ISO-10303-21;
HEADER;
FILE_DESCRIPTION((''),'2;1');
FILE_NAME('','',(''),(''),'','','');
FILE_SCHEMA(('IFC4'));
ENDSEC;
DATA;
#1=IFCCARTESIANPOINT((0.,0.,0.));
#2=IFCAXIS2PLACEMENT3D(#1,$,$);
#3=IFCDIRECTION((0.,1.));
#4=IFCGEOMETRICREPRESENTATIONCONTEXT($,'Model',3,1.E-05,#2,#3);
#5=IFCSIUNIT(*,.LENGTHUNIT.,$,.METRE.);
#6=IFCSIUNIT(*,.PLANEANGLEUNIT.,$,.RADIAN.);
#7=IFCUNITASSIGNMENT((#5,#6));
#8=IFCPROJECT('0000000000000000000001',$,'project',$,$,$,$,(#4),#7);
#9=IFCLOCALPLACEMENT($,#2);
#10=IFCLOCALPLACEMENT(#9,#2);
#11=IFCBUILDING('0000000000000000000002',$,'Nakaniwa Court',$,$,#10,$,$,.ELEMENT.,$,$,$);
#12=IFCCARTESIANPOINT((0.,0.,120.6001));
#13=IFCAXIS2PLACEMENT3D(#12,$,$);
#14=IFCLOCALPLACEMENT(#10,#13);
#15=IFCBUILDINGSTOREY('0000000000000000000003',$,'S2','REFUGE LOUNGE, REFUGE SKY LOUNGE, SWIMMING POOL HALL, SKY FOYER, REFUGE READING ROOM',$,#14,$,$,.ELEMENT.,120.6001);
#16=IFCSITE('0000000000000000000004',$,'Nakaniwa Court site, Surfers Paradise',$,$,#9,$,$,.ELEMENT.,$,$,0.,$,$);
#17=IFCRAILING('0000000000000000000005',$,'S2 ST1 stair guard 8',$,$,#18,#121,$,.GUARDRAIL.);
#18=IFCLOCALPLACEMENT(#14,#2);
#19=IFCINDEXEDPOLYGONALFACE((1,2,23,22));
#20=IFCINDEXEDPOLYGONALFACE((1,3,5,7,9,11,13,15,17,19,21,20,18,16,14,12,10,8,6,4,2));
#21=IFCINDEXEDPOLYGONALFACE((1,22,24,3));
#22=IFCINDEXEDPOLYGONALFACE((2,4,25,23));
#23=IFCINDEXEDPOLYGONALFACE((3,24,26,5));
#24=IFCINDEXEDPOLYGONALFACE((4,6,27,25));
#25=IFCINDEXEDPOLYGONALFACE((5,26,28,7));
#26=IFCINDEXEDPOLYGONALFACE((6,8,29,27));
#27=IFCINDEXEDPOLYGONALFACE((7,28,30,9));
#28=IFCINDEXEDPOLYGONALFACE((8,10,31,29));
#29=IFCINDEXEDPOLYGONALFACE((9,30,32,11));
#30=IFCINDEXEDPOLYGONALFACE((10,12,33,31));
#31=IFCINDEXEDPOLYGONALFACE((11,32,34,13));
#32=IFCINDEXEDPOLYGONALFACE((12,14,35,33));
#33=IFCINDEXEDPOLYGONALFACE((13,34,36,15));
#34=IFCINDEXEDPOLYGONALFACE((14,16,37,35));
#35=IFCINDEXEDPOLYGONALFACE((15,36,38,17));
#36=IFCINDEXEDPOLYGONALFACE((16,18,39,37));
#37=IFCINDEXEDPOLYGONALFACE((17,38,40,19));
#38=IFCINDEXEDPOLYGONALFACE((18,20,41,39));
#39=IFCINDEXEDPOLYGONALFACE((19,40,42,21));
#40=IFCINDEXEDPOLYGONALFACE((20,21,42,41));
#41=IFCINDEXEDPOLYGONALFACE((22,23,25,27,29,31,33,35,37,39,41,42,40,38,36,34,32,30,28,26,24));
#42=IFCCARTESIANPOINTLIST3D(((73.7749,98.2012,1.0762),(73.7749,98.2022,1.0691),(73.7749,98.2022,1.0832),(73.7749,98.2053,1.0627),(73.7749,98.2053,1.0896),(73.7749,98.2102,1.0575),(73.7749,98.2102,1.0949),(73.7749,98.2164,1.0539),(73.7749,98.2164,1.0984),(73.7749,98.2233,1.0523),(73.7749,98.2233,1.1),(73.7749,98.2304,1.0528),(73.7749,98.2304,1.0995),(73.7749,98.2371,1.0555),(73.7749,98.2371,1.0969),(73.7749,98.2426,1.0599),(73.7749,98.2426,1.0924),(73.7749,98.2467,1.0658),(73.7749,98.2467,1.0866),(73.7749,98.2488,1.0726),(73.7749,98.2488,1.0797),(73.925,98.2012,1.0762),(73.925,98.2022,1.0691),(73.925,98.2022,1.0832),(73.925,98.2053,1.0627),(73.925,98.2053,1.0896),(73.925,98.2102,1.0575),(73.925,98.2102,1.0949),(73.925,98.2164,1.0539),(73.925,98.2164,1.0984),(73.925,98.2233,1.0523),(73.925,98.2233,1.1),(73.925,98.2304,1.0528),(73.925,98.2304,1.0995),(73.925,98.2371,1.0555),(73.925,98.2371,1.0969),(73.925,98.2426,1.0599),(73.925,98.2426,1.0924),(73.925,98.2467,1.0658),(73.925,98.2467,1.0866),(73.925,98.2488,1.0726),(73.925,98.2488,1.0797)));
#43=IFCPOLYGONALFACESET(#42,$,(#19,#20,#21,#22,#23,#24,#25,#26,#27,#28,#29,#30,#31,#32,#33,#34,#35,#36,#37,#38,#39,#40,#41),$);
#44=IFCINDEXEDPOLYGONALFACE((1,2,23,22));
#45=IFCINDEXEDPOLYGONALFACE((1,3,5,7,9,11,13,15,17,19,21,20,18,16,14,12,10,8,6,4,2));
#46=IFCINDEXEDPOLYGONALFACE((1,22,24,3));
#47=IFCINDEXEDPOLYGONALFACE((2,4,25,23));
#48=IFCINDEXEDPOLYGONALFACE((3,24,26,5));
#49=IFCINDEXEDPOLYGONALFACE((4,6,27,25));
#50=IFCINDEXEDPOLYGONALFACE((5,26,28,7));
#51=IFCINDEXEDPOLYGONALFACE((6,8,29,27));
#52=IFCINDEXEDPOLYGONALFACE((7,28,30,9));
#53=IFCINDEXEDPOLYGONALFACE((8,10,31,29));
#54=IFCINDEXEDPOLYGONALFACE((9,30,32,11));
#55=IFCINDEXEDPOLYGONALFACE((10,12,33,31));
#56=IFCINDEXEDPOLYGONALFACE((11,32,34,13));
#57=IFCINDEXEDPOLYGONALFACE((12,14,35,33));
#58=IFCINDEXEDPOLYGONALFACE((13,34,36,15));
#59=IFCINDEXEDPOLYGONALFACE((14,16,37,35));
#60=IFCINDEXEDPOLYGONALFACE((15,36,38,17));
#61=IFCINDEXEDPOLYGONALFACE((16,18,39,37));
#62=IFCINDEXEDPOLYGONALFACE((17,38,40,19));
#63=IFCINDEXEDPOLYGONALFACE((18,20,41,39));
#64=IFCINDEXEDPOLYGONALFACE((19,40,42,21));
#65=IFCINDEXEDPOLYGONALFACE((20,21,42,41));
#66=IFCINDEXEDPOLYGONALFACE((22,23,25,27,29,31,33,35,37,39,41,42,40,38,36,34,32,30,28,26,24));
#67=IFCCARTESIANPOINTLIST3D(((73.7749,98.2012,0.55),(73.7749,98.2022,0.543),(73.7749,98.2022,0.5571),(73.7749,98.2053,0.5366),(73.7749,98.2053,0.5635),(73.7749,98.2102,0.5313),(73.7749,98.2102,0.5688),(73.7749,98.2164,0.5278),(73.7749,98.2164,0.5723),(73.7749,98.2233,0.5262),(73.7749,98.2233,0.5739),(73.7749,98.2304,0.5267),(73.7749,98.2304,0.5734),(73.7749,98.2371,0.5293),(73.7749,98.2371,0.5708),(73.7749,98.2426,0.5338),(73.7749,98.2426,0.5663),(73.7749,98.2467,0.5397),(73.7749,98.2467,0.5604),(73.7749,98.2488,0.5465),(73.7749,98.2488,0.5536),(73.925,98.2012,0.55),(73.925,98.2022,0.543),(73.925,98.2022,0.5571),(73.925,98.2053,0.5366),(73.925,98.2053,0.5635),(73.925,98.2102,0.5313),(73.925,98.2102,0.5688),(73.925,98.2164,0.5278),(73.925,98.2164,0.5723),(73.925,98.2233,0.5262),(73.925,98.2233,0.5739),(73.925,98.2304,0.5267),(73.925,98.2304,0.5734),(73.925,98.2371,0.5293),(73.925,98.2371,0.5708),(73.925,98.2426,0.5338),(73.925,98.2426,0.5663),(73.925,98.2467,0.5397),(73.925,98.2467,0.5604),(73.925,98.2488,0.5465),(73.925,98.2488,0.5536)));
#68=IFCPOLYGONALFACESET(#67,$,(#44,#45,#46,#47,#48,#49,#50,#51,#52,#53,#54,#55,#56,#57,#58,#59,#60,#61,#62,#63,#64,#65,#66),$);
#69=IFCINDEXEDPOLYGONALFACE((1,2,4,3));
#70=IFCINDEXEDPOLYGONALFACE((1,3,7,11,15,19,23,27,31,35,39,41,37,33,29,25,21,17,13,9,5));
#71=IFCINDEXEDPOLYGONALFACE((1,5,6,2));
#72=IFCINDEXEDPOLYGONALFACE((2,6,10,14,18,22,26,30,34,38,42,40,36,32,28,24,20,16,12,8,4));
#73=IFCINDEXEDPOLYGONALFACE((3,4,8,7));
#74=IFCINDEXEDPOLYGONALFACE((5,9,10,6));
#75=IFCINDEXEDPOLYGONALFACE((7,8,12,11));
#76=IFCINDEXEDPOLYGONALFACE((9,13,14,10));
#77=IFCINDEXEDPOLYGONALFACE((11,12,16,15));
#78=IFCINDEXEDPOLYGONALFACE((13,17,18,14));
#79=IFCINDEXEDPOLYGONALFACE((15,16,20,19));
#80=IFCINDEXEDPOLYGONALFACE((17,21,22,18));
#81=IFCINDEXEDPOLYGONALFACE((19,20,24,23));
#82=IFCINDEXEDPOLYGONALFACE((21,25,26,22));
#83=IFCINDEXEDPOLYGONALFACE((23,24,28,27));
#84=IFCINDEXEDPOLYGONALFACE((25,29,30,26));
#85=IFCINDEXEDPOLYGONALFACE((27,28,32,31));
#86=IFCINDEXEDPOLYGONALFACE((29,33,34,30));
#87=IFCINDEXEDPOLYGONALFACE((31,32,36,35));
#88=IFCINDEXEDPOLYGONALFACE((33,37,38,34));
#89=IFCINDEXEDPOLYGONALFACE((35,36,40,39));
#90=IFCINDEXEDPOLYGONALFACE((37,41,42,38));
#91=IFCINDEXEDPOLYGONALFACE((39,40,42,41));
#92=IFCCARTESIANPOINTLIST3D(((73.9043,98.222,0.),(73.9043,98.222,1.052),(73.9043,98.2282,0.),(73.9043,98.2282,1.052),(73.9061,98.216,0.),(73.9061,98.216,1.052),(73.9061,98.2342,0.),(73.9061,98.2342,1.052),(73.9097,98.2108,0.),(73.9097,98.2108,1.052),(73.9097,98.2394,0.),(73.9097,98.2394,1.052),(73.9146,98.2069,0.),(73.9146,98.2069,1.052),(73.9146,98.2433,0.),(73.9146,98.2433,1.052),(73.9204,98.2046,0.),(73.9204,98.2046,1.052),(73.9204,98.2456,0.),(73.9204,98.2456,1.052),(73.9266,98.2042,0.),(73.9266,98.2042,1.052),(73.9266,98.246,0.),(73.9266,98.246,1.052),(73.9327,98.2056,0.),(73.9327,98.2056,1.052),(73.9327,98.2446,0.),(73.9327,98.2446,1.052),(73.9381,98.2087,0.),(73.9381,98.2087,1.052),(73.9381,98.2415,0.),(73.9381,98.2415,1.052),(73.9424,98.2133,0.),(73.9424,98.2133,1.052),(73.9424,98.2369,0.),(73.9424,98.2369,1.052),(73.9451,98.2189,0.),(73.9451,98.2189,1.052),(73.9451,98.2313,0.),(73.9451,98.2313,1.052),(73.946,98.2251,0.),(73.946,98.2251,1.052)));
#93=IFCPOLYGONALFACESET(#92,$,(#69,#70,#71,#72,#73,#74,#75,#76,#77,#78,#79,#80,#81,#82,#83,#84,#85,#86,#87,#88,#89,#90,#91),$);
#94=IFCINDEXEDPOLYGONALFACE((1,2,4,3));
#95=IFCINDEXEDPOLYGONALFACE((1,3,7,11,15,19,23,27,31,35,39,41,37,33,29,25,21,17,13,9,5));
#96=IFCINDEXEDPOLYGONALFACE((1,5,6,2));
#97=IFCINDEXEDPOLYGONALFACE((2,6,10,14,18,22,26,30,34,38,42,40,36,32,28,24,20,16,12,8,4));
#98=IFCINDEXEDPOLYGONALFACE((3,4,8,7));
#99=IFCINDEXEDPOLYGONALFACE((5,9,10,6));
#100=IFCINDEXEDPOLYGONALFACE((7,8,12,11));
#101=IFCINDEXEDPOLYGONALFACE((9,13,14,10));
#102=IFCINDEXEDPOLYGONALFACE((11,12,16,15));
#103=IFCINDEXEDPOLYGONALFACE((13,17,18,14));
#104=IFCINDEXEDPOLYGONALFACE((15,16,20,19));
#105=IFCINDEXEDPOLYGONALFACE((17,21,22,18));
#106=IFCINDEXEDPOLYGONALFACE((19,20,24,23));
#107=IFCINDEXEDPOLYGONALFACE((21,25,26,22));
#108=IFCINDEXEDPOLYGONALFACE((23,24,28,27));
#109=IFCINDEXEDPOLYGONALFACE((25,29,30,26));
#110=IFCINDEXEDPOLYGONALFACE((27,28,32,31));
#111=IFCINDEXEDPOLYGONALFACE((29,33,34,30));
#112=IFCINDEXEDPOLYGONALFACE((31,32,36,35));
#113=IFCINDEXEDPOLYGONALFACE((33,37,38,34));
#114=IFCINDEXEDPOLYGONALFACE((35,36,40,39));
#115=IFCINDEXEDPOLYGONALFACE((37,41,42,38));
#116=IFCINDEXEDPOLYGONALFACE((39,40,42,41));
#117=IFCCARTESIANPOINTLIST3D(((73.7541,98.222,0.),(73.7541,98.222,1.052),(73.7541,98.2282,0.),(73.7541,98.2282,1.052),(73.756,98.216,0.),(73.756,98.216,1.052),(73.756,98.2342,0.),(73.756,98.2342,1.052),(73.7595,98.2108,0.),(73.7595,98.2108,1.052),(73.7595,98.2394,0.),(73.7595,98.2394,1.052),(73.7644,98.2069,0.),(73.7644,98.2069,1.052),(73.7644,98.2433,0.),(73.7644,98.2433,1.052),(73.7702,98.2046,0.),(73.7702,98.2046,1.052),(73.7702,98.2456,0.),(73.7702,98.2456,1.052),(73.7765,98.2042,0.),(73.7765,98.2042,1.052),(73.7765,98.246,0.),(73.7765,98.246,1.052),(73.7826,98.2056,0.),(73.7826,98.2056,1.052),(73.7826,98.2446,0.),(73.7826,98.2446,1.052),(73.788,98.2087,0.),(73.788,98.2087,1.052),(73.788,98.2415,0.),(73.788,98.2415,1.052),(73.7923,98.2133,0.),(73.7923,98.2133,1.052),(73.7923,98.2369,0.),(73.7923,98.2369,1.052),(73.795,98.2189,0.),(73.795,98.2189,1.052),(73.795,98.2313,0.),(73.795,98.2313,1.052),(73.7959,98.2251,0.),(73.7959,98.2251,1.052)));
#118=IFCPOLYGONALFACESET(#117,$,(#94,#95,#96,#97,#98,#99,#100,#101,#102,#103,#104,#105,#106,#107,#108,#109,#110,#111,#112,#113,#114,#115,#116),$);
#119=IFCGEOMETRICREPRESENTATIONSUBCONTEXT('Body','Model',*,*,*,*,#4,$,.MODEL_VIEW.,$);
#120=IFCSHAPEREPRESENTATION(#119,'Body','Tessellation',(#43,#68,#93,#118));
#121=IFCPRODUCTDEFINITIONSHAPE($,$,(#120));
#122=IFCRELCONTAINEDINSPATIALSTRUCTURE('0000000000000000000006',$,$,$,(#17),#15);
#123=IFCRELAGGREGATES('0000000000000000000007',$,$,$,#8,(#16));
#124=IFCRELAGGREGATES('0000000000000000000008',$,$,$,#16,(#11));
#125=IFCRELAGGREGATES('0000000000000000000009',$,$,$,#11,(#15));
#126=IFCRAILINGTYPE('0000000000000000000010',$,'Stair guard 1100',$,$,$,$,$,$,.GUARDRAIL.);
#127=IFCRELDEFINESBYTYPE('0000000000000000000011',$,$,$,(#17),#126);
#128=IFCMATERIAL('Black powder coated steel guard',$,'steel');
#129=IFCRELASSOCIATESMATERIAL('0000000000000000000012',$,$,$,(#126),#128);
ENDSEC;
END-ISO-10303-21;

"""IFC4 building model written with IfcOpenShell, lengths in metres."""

from ifc_helpers import new_model, si_unit, direction, frame, origin, origin_2d, place, context, subcontext, project, spatial, circle, extrude, material, type_object, element, save


model = new_model("IFC4")

# Units and contexts
model_context = context("Model", 3, precision=1e-05, world=origin(), true_north=direction((0.0, 1.0)))
body_context = subcontext(model_context, "Body", "Model", "MODEL_VIEW")
ifc_project = project(units=[si_unit("LENGTHUNIT", "METRE"), si_unit("PLANEANGLEUNIT", "RADIAN")], contexts=[model_context])

# Site, building, storey
site_placement = place(None, origin())
site = spatial("IfcSite", under=ifc_project, at=site_placement, Name="Nakaniwa Court site, Surfers Paradise", CompositionType="ELEMENT", RefElevation=0.0)
building_placement = place(site_placement, origin())
building = spatial("IfcBuilding", under=site, at=building_placement, Name="Nakaniwa Court", CompositionType="ELEMENT")
storey_placement = place(building_placement, frame((0.0, 0.0, 120.6001)))
storey = spatial("IfcBuildingStorey", under=building, at=storey_placement, Name="S2", Description="REFUGE LOUNGE, REFUGE SKY LOUNGE, SWIMMING POOL HALL, SKY FOYER, REFUGE READING ROOM", CompositionType="ELEMENT", Elevation=120.6001)

# Railing
ifc_material_1 = material(Name="Black powder coated steel guard", Category="steel")
railing_type_1 = type_object("IfcRailingType", Name="Stair guard 1100", PredefinedType="GUARDRAIL", material=ifc_material_1)
railing_1_placement = place(storey_placement, frame((73.925, 98.2251, 0.0)))
element("IfcRailing", 1, at=railing_1_placement, inside=storey, type_object=railing_type_1, Name="S2 ST1 stair guard 8", PredefinedType="GUARDRAIL", context=body_context, shape_type="SweptSolid", body=[
    extrude(circle(Radius=0.0239, at=origin_2d()), frame((0.0, 0.0, 1.0762), z_axis=(-1.0, 0.0, 0.0), x_axis=(0.0, -1.0, 0.0)), (0.0, 0.0, 1.0), 0.1501),
    extrude(circle(Radius=0.0239, at=origin_2d()), frame((0.0, 0.0, 0.55), z_axis=(-1.0, 0.0, 0.0), x_axis=(0.0, -1.0, 0.0)), (0.0, 0.0, 1.0), 0.1501),
    extrude(circle(Radius=0.021, at=origin_2d()), origin(), (0.0, 0.0, 1.0), 1.052),
    extrude(circle(Radius=0.021, at=origin_2d()), frame((-0.1501, 0.0, 0.0)), (0.0, 0.0, 1.0), 1.052),
])

save(model, "model.ifc")
